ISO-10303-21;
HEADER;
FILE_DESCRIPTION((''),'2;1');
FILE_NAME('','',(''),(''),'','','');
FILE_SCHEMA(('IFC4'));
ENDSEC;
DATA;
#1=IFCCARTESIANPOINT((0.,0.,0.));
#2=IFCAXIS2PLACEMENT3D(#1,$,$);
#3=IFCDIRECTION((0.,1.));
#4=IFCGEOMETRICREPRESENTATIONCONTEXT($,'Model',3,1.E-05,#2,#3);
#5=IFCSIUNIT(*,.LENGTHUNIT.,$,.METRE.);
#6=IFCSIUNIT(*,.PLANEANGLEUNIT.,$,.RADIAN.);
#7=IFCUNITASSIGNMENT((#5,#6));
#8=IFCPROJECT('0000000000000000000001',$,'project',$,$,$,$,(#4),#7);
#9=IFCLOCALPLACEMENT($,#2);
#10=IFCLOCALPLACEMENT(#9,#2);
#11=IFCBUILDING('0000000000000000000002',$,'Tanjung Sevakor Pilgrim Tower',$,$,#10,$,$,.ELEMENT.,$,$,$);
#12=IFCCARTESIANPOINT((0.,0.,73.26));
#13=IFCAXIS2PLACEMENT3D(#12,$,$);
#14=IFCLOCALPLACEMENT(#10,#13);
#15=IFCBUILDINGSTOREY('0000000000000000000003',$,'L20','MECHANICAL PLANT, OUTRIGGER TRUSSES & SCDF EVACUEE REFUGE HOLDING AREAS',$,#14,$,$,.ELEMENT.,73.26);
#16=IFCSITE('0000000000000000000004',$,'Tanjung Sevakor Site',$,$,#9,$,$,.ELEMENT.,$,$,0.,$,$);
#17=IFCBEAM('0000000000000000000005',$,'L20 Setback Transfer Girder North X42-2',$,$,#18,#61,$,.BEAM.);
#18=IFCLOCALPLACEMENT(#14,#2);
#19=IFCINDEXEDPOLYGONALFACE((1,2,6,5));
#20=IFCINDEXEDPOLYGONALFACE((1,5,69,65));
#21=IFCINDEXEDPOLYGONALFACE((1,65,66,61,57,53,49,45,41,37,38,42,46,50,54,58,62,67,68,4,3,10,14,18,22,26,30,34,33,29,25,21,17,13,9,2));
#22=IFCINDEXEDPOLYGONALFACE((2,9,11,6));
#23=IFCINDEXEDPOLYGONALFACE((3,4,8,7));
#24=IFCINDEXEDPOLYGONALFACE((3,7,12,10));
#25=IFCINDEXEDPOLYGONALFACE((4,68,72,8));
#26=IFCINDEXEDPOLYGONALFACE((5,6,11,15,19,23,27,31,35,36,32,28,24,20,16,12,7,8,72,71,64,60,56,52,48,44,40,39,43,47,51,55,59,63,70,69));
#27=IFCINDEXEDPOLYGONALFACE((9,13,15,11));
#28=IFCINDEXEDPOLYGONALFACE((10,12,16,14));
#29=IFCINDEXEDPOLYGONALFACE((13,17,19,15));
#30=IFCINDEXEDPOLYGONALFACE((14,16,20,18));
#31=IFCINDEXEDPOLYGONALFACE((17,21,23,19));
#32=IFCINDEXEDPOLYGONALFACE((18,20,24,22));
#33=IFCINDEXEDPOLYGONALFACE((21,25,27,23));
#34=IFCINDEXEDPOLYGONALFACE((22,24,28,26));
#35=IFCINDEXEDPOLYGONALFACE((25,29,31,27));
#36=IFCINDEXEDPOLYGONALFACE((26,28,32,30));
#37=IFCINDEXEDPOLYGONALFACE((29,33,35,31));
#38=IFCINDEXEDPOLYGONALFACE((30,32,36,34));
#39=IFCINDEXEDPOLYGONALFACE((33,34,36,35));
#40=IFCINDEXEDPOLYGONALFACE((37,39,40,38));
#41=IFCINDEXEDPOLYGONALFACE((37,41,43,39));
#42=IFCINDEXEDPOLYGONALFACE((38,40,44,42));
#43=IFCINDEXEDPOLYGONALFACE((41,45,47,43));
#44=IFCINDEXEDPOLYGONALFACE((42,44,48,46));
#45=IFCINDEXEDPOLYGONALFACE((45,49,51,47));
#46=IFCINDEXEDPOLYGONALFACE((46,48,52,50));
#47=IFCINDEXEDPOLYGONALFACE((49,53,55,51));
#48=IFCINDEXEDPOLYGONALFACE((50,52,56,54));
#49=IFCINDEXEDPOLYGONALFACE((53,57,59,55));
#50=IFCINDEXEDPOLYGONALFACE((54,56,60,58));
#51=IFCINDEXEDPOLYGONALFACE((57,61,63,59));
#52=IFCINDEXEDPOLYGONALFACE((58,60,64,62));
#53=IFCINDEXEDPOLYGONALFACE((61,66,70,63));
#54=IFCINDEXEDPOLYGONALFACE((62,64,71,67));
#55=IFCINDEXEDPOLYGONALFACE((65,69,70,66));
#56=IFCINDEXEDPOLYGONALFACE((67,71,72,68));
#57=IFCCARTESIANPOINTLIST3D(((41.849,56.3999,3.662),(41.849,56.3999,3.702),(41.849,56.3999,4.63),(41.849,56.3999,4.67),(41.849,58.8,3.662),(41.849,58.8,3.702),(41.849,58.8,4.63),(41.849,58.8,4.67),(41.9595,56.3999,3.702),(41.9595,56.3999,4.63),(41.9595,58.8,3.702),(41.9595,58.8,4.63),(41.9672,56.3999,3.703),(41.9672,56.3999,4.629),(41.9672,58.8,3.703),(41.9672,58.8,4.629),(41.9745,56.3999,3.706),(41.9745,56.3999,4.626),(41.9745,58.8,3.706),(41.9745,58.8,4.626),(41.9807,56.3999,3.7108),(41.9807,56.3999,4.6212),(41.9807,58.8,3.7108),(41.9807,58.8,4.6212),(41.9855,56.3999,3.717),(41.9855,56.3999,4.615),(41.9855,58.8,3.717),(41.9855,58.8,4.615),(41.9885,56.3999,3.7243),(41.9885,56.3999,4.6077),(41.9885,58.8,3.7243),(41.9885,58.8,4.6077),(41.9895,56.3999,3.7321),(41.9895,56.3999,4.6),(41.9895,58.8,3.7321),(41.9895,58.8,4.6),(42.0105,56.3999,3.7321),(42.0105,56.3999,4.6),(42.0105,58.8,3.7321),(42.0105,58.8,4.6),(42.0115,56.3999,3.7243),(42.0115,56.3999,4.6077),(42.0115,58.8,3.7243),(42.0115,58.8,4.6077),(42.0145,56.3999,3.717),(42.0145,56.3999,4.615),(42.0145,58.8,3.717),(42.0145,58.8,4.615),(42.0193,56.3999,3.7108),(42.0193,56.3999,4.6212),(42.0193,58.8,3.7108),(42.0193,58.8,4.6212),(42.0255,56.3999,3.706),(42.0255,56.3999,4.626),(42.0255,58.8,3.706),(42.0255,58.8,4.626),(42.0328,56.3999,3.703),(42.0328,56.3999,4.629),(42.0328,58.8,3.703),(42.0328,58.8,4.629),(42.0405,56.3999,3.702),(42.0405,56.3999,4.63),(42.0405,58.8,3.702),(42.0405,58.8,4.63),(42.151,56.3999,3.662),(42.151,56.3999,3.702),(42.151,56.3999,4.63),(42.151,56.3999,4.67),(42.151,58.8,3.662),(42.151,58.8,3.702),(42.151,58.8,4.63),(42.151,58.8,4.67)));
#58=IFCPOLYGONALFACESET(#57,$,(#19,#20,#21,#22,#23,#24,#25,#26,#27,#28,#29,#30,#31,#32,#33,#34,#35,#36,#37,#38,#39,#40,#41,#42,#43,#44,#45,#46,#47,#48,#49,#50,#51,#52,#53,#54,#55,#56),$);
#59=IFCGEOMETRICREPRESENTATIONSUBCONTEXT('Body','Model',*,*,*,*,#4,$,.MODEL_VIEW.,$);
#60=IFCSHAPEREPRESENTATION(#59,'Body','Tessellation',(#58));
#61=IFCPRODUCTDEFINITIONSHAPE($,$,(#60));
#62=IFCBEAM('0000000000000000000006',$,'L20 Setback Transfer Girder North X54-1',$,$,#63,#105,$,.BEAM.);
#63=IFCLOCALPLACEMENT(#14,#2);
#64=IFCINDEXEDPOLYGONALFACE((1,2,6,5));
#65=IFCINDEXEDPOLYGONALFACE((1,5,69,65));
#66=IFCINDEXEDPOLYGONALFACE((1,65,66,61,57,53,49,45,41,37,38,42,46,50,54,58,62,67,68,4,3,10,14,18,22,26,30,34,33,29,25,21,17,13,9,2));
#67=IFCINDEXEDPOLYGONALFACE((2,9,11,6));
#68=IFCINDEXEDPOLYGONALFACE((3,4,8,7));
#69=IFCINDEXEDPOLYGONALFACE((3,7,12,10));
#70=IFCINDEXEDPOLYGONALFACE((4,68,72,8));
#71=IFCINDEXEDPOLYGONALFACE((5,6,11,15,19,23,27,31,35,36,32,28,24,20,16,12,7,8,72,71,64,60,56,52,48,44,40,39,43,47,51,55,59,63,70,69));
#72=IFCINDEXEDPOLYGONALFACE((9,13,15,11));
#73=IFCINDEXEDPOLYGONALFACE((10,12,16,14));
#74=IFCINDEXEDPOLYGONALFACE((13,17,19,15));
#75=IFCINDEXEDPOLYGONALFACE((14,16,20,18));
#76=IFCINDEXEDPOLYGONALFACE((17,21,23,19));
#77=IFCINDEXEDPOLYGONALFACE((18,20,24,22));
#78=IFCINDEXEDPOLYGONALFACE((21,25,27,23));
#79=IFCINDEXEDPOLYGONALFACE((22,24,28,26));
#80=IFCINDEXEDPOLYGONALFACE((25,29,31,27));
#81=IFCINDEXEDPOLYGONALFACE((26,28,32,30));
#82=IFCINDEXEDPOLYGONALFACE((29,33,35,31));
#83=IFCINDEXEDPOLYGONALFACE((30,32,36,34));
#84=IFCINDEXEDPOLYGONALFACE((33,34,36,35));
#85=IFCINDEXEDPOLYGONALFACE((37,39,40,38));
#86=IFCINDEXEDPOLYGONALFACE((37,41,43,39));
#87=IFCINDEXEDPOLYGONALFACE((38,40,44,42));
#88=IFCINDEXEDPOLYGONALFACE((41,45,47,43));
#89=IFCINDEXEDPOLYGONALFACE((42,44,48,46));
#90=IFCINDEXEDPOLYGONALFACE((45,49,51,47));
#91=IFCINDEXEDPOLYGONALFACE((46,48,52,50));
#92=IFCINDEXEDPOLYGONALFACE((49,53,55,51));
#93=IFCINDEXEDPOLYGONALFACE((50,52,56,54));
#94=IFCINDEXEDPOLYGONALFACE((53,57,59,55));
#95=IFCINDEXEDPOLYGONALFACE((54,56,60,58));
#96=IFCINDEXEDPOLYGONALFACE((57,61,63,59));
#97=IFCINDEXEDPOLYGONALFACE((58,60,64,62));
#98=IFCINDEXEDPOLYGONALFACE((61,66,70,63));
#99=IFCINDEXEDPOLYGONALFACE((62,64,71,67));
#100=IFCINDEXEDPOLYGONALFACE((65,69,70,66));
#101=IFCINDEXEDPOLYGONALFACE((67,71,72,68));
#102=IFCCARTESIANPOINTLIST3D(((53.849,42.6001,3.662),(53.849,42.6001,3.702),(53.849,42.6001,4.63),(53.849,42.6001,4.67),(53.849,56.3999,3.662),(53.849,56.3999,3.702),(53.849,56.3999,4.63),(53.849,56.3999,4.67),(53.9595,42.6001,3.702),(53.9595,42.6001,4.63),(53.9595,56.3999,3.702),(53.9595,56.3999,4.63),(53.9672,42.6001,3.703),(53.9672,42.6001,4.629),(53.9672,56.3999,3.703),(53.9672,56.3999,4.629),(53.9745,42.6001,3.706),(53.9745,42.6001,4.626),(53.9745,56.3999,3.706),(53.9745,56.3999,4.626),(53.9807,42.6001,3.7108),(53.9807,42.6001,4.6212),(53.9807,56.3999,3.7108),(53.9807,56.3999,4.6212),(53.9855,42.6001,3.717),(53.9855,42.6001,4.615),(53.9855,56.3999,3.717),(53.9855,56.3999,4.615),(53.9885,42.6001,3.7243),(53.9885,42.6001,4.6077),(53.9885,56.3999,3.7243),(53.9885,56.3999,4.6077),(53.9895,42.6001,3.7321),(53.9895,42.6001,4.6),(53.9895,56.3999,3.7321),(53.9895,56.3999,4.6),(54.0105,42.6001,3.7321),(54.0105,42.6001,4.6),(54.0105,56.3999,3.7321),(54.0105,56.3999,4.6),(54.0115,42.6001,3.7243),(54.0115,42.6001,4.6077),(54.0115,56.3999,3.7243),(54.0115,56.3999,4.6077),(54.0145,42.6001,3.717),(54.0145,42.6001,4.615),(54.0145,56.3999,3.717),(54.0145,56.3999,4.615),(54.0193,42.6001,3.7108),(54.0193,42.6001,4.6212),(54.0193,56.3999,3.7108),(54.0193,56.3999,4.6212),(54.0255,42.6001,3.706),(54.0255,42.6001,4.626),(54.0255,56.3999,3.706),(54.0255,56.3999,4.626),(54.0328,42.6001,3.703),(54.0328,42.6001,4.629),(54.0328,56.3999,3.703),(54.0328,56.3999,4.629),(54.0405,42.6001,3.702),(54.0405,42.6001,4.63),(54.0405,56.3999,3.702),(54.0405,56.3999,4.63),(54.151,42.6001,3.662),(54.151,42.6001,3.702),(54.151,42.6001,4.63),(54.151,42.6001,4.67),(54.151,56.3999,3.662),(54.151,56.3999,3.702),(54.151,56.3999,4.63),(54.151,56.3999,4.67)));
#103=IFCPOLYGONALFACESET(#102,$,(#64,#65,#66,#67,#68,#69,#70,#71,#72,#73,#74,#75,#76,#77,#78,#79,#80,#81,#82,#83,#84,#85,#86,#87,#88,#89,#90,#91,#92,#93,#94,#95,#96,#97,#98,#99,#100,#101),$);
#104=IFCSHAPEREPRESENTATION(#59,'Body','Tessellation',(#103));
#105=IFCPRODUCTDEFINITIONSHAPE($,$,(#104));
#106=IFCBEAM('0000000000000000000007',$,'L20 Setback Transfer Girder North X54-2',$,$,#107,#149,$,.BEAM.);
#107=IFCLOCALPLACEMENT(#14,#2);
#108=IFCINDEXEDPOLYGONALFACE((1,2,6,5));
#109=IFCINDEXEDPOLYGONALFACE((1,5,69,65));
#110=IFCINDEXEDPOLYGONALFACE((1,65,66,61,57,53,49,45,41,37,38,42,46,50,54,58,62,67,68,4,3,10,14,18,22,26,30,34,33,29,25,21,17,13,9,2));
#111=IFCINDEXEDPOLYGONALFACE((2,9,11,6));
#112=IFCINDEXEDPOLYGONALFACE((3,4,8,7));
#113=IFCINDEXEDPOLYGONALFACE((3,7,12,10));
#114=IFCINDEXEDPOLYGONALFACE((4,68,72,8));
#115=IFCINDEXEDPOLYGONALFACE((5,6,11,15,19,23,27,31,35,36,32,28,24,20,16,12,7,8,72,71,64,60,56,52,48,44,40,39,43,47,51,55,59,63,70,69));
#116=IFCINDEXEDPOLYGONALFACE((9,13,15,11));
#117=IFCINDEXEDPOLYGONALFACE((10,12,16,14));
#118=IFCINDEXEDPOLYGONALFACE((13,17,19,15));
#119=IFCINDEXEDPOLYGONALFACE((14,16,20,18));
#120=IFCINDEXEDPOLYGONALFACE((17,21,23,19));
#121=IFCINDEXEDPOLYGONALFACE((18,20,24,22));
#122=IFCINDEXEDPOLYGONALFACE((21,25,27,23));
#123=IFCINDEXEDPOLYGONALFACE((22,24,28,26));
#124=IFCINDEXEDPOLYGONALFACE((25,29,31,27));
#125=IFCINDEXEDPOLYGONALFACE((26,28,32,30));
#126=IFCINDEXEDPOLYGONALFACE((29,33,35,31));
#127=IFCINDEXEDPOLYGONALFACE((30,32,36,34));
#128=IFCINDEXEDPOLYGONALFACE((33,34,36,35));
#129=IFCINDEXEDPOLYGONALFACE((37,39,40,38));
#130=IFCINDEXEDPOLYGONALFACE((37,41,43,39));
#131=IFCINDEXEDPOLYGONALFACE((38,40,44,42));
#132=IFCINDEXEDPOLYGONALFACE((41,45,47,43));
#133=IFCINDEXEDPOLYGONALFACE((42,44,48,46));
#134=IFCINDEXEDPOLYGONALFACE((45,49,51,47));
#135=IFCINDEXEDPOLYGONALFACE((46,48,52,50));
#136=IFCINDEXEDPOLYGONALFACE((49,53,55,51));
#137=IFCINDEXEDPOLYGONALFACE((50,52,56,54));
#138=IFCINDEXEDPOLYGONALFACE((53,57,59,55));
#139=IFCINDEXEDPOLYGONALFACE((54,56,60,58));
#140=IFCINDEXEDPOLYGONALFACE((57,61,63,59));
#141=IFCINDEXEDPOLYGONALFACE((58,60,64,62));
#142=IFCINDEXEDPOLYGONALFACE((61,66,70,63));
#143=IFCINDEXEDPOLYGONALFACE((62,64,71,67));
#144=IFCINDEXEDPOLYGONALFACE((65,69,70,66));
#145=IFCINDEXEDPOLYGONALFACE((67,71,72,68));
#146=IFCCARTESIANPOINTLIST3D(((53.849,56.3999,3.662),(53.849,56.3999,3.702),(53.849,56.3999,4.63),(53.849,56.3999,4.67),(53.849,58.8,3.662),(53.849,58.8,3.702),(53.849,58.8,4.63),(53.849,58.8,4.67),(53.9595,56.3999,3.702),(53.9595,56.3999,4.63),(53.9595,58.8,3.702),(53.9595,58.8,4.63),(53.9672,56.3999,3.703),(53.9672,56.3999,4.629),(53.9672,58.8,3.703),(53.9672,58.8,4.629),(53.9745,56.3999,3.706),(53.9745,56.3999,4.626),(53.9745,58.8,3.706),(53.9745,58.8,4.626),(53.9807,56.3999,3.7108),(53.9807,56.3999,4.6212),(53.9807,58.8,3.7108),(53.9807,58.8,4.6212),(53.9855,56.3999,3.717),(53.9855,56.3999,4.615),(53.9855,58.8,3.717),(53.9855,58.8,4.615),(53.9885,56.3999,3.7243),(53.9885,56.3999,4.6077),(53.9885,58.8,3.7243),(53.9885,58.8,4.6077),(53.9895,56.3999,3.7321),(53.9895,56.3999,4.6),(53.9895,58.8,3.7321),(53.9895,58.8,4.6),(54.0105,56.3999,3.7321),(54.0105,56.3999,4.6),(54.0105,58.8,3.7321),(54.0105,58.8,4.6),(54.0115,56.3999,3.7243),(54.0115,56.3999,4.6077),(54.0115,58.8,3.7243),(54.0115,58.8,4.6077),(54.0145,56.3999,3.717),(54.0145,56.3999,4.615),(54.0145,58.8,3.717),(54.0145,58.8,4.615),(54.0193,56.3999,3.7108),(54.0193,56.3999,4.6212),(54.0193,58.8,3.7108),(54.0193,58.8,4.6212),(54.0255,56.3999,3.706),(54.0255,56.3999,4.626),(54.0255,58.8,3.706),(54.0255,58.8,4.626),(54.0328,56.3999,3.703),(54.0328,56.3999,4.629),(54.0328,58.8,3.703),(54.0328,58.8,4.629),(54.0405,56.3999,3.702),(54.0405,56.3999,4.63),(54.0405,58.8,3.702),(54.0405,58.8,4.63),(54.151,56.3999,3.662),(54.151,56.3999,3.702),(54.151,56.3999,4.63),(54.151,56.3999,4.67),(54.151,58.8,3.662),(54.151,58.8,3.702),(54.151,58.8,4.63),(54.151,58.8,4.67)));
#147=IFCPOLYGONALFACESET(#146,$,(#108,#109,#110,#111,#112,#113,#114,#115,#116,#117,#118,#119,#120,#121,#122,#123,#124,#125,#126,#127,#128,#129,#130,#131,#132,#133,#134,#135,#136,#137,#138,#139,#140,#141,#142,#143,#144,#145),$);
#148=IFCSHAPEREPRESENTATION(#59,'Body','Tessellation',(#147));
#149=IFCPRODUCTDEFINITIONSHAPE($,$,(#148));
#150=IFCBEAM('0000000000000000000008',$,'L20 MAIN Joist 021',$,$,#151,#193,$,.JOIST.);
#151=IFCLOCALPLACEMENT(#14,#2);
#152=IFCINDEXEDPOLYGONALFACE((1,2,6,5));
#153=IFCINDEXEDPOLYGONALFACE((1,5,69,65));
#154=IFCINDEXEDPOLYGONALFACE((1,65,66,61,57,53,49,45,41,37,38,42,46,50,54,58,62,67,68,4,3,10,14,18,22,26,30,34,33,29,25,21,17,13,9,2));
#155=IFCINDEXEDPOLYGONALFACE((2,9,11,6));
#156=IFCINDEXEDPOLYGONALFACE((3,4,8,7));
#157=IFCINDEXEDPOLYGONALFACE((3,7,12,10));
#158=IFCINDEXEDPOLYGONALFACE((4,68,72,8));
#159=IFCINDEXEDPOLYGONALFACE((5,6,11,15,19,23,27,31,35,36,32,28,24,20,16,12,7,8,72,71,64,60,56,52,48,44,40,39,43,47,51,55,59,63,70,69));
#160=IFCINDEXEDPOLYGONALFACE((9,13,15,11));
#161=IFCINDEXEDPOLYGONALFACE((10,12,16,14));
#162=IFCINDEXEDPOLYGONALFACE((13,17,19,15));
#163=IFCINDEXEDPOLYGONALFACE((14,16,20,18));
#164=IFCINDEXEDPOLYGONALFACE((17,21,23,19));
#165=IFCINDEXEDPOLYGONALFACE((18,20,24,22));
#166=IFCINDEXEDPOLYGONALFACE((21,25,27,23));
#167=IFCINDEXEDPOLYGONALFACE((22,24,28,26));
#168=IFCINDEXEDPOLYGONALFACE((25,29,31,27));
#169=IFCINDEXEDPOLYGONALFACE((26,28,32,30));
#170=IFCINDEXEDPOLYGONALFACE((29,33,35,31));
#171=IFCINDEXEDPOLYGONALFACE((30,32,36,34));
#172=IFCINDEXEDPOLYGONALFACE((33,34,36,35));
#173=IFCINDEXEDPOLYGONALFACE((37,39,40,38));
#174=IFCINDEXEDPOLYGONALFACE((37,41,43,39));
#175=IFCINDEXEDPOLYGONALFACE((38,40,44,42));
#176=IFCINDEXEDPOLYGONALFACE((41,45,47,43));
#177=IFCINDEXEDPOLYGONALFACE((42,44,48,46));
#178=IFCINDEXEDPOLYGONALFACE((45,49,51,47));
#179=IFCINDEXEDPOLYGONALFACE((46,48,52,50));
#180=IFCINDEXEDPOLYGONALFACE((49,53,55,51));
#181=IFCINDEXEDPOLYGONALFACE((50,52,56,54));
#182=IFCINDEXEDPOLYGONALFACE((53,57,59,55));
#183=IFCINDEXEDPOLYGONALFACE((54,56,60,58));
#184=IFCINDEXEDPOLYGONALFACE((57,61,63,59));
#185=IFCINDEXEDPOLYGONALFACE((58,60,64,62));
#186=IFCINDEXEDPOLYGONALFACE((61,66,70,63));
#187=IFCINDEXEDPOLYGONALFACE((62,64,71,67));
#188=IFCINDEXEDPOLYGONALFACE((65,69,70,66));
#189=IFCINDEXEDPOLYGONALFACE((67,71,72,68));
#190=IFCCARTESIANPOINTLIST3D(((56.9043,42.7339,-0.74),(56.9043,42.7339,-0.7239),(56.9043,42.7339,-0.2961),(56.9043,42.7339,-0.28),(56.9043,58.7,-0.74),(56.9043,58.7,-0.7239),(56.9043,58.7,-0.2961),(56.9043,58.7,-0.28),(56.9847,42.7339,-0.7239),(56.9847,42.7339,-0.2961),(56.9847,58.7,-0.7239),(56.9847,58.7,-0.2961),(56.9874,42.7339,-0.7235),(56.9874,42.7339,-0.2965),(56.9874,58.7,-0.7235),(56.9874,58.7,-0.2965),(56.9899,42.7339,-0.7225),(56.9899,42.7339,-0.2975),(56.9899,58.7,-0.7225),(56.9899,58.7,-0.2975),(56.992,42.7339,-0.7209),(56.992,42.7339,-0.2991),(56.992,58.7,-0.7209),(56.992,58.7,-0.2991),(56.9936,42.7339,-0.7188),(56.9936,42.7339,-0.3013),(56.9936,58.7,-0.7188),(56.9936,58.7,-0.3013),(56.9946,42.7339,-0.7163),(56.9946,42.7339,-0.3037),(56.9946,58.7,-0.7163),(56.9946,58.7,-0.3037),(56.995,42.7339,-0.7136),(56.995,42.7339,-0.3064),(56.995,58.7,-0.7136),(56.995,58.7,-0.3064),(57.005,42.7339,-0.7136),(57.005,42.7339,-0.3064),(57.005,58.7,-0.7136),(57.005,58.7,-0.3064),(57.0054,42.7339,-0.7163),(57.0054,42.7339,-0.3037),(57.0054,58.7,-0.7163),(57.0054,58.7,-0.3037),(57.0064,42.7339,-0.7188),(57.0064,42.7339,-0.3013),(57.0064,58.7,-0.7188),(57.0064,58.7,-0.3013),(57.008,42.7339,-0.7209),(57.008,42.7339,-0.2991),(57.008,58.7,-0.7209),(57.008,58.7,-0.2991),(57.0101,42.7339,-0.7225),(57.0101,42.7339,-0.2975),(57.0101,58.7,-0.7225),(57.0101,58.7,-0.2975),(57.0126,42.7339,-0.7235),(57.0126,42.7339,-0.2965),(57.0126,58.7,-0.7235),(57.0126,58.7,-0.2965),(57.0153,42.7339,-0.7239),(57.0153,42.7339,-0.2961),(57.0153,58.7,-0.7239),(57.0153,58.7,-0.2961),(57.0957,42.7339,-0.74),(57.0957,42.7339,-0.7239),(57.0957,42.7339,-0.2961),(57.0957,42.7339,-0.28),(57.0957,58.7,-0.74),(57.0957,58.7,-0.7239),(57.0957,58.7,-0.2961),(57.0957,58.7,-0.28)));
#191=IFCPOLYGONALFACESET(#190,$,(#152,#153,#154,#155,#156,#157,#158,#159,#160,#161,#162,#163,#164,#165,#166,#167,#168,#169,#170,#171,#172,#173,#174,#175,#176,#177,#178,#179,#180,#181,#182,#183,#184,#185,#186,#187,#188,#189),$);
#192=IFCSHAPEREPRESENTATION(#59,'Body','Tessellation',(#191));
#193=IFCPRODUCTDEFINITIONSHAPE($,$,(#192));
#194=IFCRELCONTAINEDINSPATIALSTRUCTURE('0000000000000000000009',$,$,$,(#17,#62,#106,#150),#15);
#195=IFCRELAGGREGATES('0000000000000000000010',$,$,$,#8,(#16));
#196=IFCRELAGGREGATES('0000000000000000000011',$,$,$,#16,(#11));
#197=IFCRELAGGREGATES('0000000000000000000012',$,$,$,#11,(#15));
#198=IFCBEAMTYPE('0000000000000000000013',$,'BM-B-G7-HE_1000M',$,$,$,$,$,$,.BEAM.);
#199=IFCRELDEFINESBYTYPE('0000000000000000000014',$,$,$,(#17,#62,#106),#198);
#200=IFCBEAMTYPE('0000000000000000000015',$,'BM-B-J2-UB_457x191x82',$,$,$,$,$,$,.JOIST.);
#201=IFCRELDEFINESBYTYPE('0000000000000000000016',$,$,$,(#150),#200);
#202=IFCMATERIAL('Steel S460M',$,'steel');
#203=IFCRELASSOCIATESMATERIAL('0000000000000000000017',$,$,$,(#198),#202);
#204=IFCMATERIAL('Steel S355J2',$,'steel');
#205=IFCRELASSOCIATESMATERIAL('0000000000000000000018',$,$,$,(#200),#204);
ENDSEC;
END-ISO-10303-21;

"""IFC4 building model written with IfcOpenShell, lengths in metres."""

from ifc_helpers import new_model, si_unit, direction, frame, origin, origin_2d, place, context, subcontext, project, spatial, i_section, extrude, material, material_profile, profile_set, type_object, element, save


model = new_model("IFC4")

# Units and contexts
model_context = context("Model", 3, precision=1e-05, world=origin(), true_north=direction((0.0, 1.0)))
body_context = subcontext(model_context, "Body", "Model", "MODEL_VIEW")
ifc_project = project(units=[si_unit("LENGTHUNIT", "METRE"), si_unit("PLANEANGLEUNIT", "RADIAN")], contexts=[model_context])

# Site, building, storey
site_placement = place(None, origin())
site = spatial("IfcSite", under=ifc_project, at=site_placement, Name="Tanjung Sevakor Site", CompositionType="ELEMENT", RefElevation=0.0)
building_placement = place(site_placement, origin())
building = spatial("IfcBuilding", under=site, at=building_placement, Name="Tanjung Sevakor Pilgrim Tower", CompositionType="ELEMENT")
storey_placement = place(building_placement, frame((0.0, 0.0, 73.26)))
storey = spatial("IfcBuildingStorey", under=building, at=storey_placement, Name="L20", Description="MECHANICAL PLANT, OUTRIGGER TRUSSES & SCDF EVACUEE REFUGE HOLDING AREAS", CompositionType="ELEMENT", Elevation=73.26)

# Beams
ifc_material_1 = material(Name="Steel S460M", Category="steel")
ifc_material_profile_1 = material_profile(ifc_material_1, i_section(OverallWidth=0.302, OverallDepth=1.0081, WebThickness=0.021, FlangeThickness=0.04, FilletRadius=0.03, at=origin_2d()))
ifc_profile_set_1 = profile_set([ifc_material_profile_1], Name="Steel S460M")
beam_type_1 = type_object("IfcBeamType", Name="BM-B-G7-HE_1000M", PredefinedType="BEAM", material=ifc_profile_set_1)
beam_1_placement = place(storey_placement, frame((42.0, 56.3999, 4.166), z_axis=(0.0, 1.0, 0.0), x_axis=(-1.0, 0.0, 0.0)))
element("IfcBeam", 1, at=beam_1_placement, inside=storey, type_object=beam_type_1, Name="L20 Setback Transfer Girder North X42-2", PredefinedType="BEAM", context=body_context, shape_type="SweptSolid", body=[
    extrude(i_section(OverallWidth=0.302, OverallDepth=1.0081, WebThickness=0.021, FlangeThickness=0.04, FilletRadius=0.03, at=origin_2d()), origin(), (0.0, 0.0, 1.0), 2.4001),
])
beam_2_placement = place(storey_placement, frame((54.0, 42.6001, 4.166), z_axis=(0.0, 1.0, 0.0), x_axis=(-1.0, 0.0, 0.0)))
element("IfcBeam", 2, at=beam_2_placement, inside=storey, type_object=beam_type_1, Name="L20 Setback Transfer Girder North X54-1", PredefinedType="BEAM", context=body_context, shape_type="SweptSolid", body=[
    extrude(i_section(OverallWidth=0.302, OverallDepth=1.0081, WebThickness=0.021, FlangeThickness=0.04, FilletRadius=0.03, at=origin_2d()), origin(), (0.0, 0.0, 1.0), 13.7998),
])
beam_3_placement = place(storey_placement, frame((54.0, 56.3999, 4.166), z_axis=(0.0, 1.0, 0.0), x_axis=(-1.0, 0.0, 0.0)))
element("IfcBeam", 3, at=beam_3_placement, inside=storey, type_object=beam_type_1, Name="L20 Setback Transfer Girder North X54-2", PredefinedType="BEAM", context=body_context, shape_type="SweptSolid", body=[
    extrude(i_section(OverallWidth=0.302, OverallDepth=1.0081, WebThickness=0.021, FlangeThickness=0.04, FilletRadius=0.03, at=origin_2d()), origin(), (0.0, 0.0, 1.0), 2.4001),
])
ifc_material_2 = material(Name="Steel S355J2", Category="steel")
ifc_material_profile_2 = material_profile(ifc_material_2, i_section(OverallWidth=0.1914, OverallDepth=0.46, WebThickness=0.01, FlangeThickness=0.0161, FilletRadius=0.0103, at=origin_2d()))
ifc_profile_set_2 = profile_set([ifc_material_profile_2], Name="Steel S355J2")
beam_type_2 = type_object("IfcBeamType", Name="BM-B-J2-UB_457x191x82", PredefinedType="JOIST", material=ifc_profile_set_2)
beam_4_placement = place(storey_placement, frame((57.0, 42.7339, -0.51), z_axis=(0.0, 1.0, 0.0), x_axis=(-1.0, 0.0, 0.0)))
element("IfcBeam", 4, at=beam_4_placement, inside=storey, type_object=beam_type_2, Name="L20 MAIN Joist 021", PredefinedType="JOIST", context=body_context, shape_type="SweptSolid", body=[
    extrude(i_section(OverallWidth=0.1914, OverallDepth=0.46, WebThickness=0.01, FlangeThickness=0.0161, FilletRadius=0.0103, at=origin_2d()), origin(), (0.0, 0.0, 1.0), 15.9661),
])

save(model, "model.ifc")
